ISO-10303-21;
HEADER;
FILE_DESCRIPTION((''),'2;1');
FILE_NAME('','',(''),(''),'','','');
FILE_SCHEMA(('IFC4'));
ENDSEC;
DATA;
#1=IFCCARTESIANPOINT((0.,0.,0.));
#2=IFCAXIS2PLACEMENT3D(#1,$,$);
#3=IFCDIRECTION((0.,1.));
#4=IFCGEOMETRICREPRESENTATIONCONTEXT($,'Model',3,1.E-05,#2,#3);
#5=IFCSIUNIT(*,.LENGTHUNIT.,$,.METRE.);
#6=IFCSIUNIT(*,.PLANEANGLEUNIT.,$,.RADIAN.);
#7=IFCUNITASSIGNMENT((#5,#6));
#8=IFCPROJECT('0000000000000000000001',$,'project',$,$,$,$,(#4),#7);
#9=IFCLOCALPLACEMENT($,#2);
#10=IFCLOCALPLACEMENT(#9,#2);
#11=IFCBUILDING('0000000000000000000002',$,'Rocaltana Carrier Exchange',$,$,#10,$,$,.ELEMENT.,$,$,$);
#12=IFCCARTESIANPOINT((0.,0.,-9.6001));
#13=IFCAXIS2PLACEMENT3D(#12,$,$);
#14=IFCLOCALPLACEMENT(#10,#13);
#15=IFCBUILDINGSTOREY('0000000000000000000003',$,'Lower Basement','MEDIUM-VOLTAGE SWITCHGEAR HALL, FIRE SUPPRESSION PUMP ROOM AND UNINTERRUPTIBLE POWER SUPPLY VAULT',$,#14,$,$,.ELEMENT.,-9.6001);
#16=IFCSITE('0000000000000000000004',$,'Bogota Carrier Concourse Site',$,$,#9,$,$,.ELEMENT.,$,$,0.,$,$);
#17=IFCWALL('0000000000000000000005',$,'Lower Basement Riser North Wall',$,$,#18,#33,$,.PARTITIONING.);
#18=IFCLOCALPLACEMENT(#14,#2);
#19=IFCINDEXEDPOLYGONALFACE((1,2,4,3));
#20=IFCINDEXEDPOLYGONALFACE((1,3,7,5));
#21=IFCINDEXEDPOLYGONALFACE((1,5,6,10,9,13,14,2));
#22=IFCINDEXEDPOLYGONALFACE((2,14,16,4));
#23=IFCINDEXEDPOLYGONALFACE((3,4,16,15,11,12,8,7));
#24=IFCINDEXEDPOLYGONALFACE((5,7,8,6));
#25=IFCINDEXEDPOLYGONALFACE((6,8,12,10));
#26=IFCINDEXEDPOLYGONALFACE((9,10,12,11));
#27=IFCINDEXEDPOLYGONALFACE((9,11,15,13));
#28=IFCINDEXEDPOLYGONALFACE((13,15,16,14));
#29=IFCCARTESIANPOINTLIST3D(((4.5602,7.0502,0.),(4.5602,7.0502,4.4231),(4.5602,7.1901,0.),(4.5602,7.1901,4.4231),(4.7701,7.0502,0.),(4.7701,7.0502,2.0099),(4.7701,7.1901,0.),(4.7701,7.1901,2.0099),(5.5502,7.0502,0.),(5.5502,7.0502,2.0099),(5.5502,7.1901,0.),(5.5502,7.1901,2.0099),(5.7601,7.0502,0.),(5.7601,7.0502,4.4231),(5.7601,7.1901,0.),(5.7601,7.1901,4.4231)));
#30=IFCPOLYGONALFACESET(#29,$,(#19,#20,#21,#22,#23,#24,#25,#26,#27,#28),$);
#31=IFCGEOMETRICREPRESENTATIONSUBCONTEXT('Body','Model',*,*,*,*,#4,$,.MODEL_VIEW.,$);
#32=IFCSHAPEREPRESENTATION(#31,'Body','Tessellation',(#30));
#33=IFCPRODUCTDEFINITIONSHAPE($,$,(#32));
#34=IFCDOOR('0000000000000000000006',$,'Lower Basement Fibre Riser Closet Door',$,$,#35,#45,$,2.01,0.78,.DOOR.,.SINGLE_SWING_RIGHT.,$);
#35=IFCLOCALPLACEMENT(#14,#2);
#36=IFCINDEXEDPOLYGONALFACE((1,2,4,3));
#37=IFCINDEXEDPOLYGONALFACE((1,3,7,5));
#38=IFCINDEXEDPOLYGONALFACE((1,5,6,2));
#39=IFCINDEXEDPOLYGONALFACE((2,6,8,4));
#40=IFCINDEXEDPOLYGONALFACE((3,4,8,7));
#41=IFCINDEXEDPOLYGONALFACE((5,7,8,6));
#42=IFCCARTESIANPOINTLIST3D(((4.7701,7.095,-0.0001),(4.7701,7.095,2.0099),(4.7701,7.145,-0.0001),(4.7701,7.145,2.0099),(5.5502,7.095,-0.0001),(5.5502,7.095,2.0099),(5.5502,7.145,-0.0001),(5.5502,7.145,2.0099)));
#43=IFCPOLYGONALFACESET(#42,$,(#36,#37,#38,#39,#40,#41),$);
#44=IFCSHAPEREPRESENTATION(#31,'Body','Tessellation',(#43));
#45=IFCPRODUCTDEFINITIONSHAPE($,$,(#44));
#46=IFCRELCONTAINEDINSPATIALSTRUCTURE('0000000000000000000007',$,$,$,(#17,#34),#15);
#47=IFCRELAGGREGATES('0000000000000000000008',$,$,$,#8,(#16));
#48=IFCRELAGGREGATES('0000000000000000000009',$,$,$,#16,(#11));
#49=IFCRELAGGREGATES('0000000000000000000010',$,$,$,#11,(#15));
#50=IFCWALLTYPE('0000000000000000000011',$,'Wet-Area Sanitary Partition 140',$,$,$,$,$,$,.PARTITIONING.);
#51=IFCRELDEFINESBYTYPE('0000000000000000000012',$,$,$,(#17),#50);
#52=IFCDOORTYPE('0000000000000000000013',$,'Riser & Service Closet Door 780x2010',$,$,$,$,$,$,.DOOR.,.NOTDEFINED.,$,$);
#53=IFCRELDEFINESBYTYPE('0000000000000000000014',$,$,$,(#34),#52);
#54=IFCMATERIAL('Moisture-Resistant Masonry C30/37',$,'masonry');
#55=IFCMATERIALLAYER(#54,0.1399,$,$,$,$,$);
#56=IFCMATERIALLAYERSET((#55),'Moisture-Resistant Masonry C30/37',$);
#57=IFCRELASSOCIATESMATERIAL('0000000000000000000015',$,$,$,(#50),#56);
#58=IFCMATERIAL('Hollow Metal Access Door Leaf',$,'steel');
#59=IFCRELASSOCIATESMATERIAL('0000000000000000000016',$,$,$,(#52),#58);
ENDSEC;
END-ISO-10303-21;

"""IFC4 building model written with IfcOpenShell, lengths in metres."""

from ifc_helpers import new_model, si_unit, direction, frame, frame_2d, origin, place, context, subcontext, project, spatial, rectangle, extrude, material, layer, layer_set, type_object, element, fill, save


model = new_model("IFC4")

# Units and contexts
model_context = context("Model", 3, precision=1e-05, world=origin(), true_north=direction((0.0, 1.0)))
body_context = subcontext(model_context, "Body", "Model", "MODEL_VIEW")
ifc_project = project(units=[si_unit("LENGTHUNIT", "METRE"), si_unit("PLANEANGLEUNIT", "RADIAN")], contexts=[model_context])

# Site, building, storey
site_placement = place(None, origin())
site = spatial("IfcSite", under=ifc_project, at=site_placement, Name="Bogota Carrier Concourse Site", CompositionType="ELEMENT", RefElevation=0.0)
building_placement = place(site_placement, origin())
building = spatial("IfcBuilding", under=site, at=building_placement, Name="Rocaltana Carrier Exchange", CompositionType="ELEMENT")
storey_placement = place(building_placement, frame((0.0, 0.0, -9.6001)))
storey = spatial("IfcBuildingStorey", under=building, at=storey_placement, Name="Lower Basement", Description="MEDIUM-VOLTAGE SWITCHGEAR HALL, FIRE SUPPRESSION PUMP ROOM AND UNINTERRUPTIBLE POWER SUPPLY VAULT", CompositionType="ELEMENT", Elevation=-9.6001)

# Shared definitions
ifc_material_1 = material(Name="Moisture-Resistant Masonry C30/37", Category="masonry")
ifc_layer_1 = layer(ifc_material_1, 0.1399)
ifc_layer_set_1 = layer_set([ifc_layer_1], Name="Moisture-Resistant Masonry C30/37")
wall_type_1 = type_object("IfcWallType", Name="Wet-Area Sanitary Partition 140", PredefinedType="PARTITIONING", material=ifc_layer_set_1)

# Wall, opening, door
wall_1_placement = place(storey_placement, frame((4.5601, 7.1201, 0.0), z_axis=(0.0, 0.0, 1.0), x_axis=(1.0, 0.0, 0.0)))
wall_1 = element("IfcWall", 1, at=wall_1_placement, inside=storey, type_object=wall_type_1, Name="Lower Basement Riser North Wall", PredefinedType="PARTITIONING", context=body_context, shape_type="SweptSolid", body=[
    extrude(rectangle(XDim=1.2, YDim=0.1399, at=frame_2d((0.6001, 0.0))), origin(), (0.0, 0.0, 1.0), 4.4231),
])
opening_1_placement = place(wall_1_placement, frame((0.21, 0.0, 0.0)))
opening_1 = element("IfcOpeningElement", 2, at=opening_1_placement, cuts=wall_1, PredefinedType="OPENING", context=body_context, shape_type="SweptSolid", body=[
    extrude(rectangle(XDim=0.78, YDim=2.01, at=frame_2d((0.3901, 1.0049))), frame((0.0, 0.0798, 0.0), z_axis=(0.0, -1.0, 0.0), x_axis=(1.0, 0.0, 0.0)), (0.0, 0.0, 1.0), 0.1599),
])
ifc_material_2 = material(Name="Hollow Metal Access Door Leaf", Category="steel")
door_type_1 = type_object("IfcDoorType", Name="Riser & Service Closet Door 780x2010", OperationType="NOTDEFINED", PredefinedType="DOOR", material=ifc_material_2)
door_1_placement = place(opening_1_placement, origin())
door_1 = element("IfcDoor", 3, at=door_1_placement, inside=storey, type_object=door_type_1, Name="Lower Basement Fibre Riser Closet Door", OperationType="SINGLE_SWING_RIGHT", OverallHeight=2.01, OverallWidth=0.78, PredefinedType="DOOR", context=body_context, shape_type="SweptSolid", body=[
    extrude(rectangle(XDim=0.78, YDim=2.01, at=frame_2d((0.3901, 1.0049))), frame((0.0, 0.0249, 0.0), z_axis=(0.0, -1.0, 0.0), x_axis=(1.0, 0.0, 0.0)), (0.0, 0.0, 1.0), 0.05),
])
fill(opening_1, door_1)

save(model, "model.ifc")
